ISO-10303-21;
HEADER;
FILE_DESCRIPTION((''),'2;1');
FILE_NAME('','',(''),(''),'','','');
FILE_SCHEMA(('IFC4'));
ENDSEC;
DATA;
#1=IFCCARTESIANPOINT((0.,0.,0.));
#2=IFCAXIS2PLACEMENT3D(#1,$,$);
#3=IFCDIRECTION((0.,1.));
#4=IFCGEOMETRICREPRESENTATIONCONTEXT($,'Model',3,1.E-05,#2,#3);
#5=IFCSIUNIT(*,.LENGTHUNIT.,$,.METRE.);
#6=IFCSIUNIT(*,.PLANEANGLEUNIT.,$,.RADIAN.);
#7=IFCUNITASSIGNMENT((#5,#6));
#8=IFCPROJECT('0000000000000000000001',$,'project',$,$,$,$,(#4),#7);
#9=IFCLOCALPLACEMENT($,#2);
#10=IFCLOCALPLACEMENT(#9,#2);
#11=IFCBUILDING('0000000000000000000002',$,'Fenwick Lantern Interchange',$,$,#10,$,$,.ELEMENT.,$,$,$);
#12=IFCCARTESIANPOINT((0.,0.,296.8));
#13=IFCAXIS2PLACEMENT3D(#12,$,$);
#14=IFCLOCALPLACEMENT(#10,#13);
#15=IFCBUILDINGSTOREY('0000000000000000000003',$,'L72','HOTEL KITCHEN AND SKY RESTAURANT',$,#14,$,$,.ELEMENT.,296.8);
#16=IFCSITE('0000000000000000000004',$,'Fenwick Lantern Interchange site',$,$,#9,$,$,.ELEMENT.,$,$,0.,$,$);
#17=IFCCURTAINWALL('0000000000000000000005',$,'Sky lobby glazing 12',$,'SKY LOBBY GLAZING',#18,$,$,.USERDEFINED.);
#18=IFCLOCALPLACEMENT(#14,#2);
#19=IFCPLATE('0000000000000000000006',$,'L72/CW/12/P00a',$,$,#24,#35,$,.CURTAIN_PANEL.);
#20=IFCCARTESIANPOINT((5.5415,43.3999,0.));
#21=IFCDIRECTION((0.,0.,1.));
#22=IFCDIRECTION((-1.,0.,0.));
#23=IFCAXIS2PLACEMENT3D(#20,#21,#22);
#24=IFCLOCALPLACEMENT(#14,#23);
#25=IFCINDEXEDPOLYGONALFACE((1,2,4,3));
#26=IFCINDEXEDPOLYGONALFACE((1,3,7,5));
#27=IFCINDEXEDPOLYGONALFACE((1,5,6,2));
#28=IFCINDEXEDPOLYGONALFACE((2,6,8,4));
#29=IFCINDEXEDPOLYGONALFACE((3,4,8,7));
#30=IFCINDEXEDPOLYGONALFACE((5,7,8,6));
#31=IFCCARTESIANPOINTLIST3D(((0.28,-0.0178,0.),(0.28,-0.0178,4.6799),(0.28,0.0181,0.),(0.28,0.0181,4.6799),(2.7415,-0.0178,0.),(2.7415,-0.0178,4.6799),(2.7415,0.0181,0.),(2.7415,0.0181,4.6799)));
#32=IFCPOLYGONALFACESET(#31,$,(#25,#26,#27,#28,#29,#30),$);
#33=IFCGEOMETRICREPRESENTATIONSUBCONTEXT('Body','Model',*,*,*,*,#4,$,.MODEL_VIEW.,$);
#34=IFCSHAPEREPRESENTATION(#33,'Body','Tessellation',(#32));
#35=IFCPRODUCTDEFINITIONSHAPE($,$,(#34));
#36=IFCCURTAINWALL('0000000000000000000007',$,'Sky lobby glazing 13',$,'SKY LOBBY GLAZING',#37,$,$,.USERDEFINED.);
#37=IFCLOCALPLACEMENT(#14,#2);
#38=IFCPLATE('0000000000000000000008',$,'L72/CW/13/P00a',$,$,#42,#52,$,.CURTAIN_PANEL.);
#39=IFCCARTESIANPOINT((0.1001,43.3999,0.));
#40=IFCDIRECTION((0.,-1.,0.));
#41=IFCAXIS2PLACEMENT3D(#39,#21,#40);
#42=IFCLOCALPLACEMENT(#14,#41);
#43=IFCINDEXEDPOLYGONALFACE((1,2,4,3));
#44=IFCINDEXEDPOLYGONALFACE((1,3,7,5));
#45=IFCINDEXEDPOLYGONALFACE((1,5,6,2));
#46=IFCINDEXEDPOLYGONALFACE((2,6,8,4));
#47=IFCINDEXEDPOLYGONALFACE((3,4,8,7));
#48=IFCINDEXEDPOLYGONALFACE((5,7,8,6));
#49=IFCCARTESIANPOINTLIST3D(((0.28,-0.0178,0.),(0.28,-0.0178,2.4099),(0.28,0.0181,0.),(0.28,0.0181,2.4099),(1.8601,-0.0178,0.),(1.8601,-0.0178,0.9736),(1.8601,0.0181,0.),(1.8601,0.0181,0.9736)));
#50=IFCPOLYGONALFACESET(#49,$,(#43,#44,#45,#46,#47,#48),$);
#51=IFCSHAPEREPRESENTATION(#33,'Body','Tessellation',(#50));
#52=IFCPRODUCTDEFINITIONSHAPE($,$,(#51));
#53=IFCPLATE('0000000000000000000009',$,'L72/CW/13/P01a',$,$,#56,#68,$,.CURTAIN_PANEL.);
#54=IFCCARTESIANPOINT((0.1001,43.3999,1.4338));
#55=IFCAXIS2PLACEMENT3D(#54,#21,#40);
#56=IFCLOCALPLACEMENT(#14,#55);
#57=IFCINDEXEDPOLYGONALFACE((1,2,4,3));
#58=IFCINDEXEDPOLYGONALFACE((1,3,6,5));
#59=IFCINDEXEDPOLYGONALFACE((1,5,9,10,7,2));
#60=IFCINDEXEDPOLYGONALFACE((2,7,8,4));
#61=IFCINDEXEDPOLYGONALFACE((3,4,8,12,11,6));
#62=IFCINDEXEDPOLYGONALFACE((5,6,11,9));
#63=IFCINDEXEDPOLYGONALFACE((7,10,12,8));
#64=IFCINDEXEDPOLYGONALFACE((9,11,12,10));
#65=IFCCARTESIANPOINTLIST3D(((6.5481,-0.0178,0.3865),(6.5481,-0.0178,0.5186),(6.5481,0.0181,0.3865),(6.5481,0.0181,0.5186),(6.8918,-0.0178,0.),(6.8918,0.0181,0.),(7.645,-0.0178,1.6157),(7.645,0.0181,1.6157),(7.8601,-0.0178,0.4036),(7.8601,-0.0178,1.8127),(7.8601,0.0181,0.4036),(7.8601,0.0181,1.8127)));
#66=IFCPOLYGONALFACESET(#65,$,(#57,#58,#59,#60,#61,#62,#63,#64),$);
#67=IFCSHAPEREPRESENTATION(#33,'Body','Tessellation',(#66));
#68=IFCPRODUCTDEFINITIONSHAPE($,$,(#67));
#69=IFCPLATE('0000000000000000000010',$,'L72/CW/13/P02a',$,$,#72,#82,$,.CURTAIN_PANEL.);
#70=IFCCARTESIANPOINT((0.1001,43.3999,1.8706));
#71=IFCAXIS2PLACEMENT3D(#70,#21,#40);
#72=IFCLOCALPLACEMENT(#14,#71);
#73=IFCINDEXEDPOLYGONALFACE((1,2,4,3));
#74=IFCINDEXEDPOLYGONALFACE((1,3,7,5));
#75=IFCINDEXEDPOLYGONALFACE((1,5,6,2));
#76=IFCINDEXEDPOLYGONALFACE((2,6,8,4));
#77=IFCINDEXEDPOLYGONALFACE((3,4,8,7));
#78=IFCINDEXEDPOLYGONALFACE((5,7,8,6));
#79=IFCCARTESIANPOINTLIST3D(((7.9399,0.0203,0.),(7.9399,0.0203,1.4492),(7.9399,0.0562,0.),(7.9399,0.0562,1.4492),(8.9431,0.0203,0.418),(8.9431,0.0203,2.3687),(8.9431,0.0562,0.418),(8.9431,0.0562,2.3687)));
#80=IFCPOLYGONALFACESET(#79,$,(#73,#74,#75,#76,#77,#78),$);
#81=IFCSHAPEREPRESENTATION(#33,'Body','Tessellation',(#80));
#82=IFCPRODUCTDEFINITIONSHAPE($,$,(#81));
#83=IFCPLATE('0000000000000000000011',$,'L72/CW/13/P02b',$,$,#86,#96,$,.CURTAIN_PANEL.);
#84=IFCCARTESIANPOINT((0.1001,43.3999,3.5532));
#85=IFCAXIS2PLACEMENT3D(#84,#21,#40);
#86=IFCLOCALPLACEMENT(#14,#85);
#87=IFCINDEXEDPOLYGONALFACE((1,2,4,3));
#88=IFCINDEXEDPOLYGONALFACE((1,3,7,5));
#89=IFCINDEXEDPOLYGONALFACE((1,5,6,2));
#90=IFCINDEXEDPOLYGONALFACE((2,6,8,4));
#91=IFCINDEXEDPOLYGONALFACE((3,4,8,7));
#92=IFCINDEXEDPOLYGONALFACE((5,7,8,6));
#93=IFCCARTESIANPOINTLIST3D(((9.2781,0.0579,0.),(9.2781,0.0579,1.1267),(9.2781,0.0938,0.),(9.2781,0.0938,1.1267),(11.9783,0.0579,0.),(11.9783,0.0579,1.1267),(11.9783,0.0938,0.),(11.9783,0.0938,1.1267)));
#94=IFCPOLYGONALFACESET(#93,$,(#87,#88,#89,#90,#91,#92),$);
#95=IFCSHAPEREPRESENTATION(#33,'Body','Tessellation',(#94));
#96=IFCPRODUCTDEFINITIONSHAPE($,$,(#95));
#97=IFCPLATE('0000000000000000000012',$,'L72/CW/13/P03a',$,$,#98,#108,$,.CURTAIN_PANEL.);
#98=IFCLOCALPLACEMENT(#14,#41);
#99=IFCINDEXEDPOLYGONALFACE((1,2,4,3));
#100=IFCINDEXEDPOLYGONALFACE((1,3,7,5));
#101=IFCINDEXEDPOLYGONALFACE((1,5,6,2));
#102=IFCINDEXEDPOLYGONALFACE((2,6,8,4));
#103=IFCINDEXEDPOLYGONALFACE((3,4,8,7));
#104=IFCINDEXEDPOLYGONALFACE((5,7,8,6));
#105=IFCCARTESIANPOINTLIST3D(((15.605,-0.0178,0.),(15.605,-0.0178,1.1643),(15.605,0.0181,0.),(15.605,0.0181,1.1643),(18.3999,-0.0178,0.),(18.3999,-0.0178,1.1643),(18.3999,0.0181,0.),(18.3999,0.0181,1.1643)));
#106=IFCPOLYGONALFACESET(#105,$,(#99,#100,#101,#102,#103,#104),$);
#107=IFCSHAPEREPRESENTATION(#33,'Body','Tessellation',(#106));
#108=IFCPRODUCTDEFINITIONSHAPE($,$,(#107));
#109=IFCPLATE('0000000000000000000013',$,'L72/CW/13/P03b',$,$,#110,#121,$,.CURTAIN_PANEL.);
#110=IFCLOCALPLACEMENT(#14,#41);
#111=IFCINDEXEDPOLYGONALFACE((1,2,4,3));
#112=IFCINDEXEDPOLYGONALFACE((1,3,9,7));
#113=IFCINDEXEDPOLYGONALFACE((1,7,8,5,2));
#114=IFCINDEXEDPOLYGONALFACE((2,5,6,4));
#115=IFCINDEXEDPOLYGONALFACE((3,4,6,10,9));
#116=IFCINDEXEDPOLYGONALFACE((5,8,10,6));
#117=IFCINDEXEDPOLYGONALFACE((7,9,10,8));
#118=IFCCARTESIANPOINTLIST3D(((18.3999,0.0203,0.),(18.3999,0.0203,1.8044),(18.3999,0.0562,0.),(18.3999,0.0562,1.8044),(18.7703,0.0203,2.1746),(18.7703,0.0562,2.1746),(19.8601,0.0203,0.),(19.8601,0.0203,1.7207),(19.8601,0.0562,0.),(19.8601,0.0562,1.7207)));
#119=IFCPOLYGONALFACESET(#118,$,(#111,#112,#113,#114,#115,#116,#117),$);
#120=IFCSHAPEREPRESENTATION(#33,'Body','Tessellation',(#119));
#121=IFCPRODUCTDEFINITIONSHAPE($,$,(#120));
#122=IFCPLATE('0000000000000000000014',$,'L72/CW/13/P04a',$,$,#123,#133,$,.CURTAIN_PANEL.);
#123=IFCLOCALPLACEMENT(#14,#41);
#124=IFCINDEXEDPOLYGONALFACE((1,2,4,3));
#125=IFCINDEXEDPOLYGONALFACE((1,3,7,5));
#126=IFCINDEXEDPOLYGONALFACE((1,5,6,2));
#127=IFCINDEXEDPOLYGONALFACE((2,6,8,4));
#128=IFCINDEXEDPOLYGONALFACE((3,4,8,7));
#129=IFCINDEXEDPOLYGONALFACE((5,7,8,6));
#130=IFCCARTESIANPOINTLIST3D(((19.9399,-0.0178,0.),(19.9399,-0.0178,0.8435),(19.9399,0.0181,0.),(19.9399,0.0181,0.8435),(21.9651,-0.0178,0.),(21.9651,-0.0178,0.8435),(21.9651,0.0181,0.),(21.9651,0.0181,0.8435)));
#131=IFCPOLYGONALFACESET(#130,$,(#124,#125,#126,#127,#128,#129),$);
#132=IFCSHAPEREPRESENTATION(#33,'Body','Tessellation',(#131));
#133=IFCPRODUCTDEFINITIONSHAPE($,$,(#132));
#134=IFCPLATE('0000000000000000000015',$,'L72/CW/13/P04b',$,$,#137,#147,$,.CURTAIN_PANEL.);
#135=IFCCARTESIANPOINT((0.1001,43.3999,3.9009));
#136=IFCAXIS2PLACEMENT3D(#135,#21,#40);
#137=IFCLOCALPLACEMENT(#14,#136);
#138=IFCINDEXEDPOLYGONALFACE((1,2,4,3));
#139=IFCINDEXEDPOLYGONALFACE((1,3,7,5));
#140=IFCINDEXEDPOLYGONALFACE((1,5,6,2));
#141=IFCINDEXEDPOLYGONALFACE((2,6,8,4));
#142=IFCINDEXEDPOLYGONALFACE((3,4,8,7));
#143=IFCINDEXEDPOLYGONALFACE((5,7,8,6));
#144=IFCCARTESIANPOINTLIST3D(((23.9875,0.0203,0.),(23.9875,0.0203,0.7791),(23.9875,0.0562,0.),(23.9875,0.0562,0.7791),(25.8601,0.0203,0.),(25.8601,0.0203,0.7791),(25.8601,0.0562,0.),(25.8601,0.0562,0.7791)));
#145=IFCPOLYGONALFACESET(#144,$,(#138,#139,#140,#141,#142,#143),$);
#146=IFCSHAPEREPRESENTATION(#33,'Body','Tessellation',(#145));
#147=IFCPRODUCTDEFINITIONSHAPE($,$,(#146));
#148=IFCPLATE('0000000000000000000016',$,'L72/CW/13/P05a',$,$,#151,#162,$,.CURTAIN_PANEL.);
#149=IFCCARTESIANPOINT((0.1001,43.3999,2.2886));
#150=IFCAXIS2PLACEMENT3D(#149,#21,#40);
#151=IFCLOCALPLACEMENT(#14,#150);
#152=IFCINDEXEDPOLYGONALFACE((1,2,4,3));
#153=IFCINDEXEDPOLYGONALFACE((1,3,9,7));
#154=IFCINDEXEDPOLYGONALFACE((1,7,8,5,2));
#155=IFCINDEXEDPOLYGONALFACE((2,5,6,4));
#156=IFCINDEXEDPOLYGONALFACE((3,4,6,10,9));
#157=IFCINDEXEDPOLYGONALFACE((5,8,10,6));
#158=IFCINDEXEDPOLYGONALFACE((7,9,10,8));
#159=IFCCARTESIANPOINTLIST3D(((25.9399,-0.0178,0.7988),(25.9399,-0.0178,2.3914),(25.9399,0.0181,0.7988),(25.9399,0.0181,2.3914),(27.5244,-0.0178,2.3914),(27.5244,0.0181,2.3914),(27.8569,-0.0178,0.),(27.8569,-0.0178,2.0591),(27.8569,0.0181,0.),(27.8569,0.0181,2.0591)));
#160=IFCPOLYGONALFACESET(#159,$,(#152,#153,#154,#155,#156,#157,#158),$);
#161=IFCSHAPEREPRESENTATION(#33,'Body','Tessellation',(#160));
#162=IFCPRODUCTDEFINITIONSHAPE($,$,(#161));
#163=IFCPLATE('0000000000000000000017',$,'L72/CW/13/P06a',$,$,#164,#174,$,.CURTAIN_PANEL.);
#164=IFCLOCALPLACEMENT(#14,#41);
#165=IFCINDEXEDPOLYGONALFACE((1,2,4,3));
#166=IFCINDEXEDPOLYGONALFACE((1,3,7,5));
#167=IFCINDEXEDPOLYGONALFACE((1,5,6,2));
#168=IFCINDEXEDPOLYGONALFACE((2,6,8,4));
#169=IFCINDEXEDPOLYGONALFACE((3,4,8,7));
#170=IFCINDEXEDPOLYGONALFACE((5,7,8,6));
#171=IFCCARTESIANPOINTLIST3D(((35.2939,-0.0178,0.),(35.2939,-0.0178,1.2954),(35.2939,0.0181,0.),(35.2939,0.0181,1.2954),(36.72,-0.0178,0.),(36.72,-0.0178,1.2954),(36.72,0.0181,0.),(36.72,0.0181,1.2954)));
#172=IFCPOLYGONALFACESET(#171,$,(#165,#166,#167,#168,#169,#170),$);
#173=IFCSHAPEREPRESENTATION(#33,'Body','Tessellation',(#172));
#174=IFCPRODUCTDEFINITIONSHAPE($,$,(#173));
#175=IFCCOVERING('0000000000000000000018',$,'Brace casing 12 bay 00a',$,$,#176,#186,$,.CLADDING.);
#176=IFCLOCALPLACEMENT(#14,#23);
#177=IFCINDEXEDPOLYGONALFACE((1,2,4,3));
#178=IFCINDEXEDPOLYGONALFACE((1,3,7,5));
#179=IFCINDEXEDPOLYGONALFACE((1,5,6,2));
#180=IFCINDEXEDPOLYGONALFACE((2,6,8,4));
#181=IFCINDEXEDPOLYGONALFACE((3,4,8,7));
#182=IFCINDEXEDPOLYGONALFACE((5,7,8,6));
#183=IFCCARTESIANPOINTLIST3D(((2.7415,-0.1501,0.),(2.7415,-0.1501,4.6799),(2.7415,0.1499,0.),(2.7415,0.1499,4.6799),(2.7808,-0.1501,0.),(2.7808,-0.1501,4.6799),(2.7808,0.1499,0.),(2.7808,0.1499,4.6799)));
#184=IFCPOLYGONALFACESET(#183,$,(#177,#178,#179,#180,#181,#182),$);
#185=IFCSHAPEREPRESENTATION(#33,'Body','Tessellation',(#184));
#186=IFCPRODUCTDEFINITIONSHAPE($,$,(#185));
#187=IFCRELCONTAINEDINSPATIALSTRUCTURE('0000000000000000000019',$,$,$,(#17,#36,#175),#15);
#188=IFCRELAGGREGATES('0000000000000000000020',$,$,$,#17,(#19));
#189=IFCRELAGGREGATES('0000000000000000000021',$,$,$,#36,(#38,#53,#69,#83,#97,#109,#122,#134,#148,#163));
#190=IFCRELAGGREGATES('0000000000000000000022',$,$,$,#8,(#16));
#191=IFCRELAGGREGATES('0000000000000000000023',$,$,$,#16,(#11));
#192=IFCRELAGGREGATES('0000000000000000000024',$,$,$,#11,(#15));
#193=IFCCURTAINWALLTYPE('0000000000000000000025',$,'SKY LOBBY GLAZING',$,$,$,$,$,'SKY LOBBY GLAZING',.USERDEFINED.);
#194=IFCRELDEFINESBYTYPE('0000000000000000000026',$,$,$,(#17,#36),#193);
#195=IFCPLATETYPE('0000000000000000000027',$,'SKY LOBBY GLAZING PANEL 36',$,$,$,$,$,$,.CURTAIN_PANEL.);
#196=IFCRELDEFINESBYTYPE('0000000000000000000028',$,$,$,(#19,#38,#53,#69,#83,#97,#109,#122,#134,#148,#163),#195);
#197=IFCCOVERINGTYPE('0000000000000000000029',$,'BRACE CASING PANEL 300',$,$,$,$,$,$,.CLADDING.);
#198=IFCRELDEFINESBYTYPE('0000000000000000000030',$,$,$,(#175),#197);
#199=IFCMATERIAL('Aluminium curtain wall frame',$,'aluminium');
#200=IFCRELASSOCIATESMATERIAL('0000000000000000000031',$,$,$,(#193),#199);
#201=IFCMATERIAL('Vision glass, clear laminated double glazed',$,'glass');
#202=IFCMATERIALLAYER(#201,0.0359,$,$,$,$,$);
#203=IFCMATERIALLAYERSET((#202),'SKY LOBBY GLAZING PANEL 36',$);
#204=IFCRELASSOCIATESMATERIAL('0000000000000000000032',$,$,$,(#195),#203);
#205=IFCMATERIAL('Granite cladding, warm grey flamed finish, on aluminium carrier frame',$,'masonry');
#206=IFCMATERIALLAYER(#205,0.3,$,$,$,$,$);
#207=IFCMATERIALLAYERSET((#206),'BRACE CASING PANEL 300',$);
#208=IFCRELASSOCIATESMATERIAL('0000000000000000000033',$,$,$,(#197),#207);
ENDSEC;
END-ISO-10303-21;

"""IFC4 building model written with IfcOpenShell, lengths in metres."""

from ifc_helpers import new_model, si_unit, direction, frame, origin, place, context, subcontext, project, spatial, polyline, outline, extrude, material, layer, layer_set, type_object, element, aggregate, save


model = new_model("IFC4")

# Units and contexts
model_context = context("Model", 3, precision=1e-05, world=origin(), true_north=direction((0.0, 1.0)))
body_context = subcontext(model_context, "Body", "Model", "MODEL_VIEW")
ifc_project = project(units=[si_unit("LENGTHUNIT", "METRE"), si_unit("PLANEANGLEUNIT", "RADIAN")], contexts=[model_context])

# Site, building, storey
site_placement = place(None, origin())
site = spatial("IfcSite", under=ifc_project, at=site_placement, Name="Fenwick Lantern Interchange site", CompositionType="ELEMENT", RefElevation=0.0)
building_placement = place(site_placement, origin())
building = spatial("IfcBuilding", under=site, at=building_placement, Name="Fenwick Lantern Interchange", CompositionType="ELEMENT")
storey_placement = place(building_placement, frame((0.0, 0.0, 296.8)))
storey = spatial("IfcBuildingStorey", under=building, at=storey_placement, Name="L72", Description="HOTEL KITCHEN AND SKY RESTAURANT", CompositionType="ELEMENT", Elevation=296.8)

# Shared definitions
ifc_material_1 = material(Name="Aluminium curtain wall frame", Category="aluminium")
curtain_wall_type = type_object("IfcCurtainWallType", Name="SKY LOBBY GLAZING", ElementType="SKY LOBBY GLAZING", PredefinedType="USERDEFINED", material=ifc_material_1)

# Curtain wall
curtain_wall_1_placement = place(storey_placement, origin())
curtain_wall_1 = element("IfcCurtainWall", 1, at=curtain_wall_1_placement, inside=storey, type_object=curtain_wall_type, Name="Sky lobby glazing 12", ObjectType="SKY LOBBY GLAZING", PredefinedType="USERDEFINED")

# Plate
ifc_material_2 = material(Name="Vision glass, clear laminated double glazed", Category="glass")
ifc_layer_1 = layer(ifc_material_2, 0.0359)
ifc_layer_set_1 = layer_set([ifc_layer_1], Name="SKY LOBBY GLAZING PANEL 36")
plate_type = type_object("IfcPlateType", Name="SKY LOBBY GLAZING PANEL 36", PredefinedType="CURTAIN_PANEL", material=ifc_layer_set_1)
plate_1_placement = place(storey_placement, frame((5.5415, 43.3999, 0.0), z_axis=(0.0, 0.0, 1.0), x_axis=(-1.0, 0.0, 0.0)))
plate_1 = element("IfcPlate", 2, at=plate_1_placement, type_object=plate_type, Name="L72/CW/12/P00a", PredefinedType="CURTAIN_PANEL", context=body_context, shape_type="SweptSolid", body=[
    extrude(outline(polyline([(0.28, 0.0), (2.7415, 0.0), (2.7415, 4.6799), (0.28, 4.6799), (0.28, 0.0)])), frame((0.0, 0.0181, 0.0), z_axis=(0.0, -1.0, 0.0), x_axis=(1.0, 0.0, 0.0)), (0.0, 0.0, 1.0), 0.0359),
])
aggregate(curtain_wall_1, [plate_1])

# Curtain wall, plates
curtain_wall_2_placement = place(storey_placement, origin())
curtain_wall_2 = element("IfcCurtainWall", 3, at=curtain_wall_2_placement, inside=storey, type_object=curtain_wall_type, Name="Sky lobby glazing 13", ObjectType="SKY LOBBY GLAZING", PredefinedType="USERDEFINED")
plate_2_placement = place(storey_placement, frame((0.1001, 43.3999, 0.0), z_axis=(0.0, 0.0, 1.0), x_axis=(0.0, -1.0, 0.0)))
plate_2 = element("IfcPlate", 4, at=plate_2_placement, type_object=plate_type, Name="L72/CW/13/P00a", PredefinedType="CURTAIN_PANEL", context=body_context, shape_type="SweptSolid", body=[
    extrude(outline(polyline([(0.28, 0.0), (1.8601, 0.0), (1.8601, 0.9736), (0.28, 2.4099), (0.28, 0.0)])), frame((0.0, 0.0181, 0.0), z_axis=(0.0, -1.0, 0.0), x_axis=(1.0, 0.0, 0.0)), (0.0, 0.0, 1.0), 0.0359),
])
plate_3_placement = place(storey_placement, frame((0.1001, 43.3999, 1.4338), z_axis=(0.0, 0.0, 1.0), x_axis=(0.0, -1.0, 0.0)))
plate_3 = element("IfcPlate", 5, at=plate_3_placement, type_object=plate_type, Name="L72/CW/13/P01a", PredefinedType="CURTAIN_PANEL", context=body_context, shape_type="SweptSolid", body=[
    extrude(outline(polyline([(6.8918, 0.0), (7.8601, 0.4036), (7.8601, 1.8127), (7.645, 1.6157), (6.5481, 0.5186), (6.5481, 0.3865), (6.8918, 0.0)])), frame((0.0, 0.0181, 0.0), z_axis=(0.0, -1.0, 0.0), x_axis=(1.0, 0.0, 0.0)), (0.0, 0.0, 1.0), 0.0359),
])
plate_4_placement = place(storey_placement, frame((0.1001, 43.3999, 1.8706), z_axis=(0.0, 0.0, 1.0), x_axis=(0.0, -1.0, 0.0)))
plate_4 = element("IfcPlate", 6, at=plate_4_placement, type_object=plate_type, Name="L72/CW/13/P02a", PredefinedType="CURTAIN_PANEL", context=body_context, shape_type="SweptSolid", body=[
    extrude(outline(polyline([(7.9399, 0.0), (8.9431, 0.418), (8.9431, 2.3687), (7.9399, 1.4492), (7.9399, 0.0)])), frame((0.0, 0.0562, 0.0), z_axis=(0.0, -1.0, 0.0), x_axis=(1.0, 0.0, 0.0)), (0.0, 0.0, 1.0), 0.0359),
])
plate_5_placement = place(storey_placement, frame((0.1001, 43.3999, 3.5532), z_axis=(0.0, 0.0, 1.0), x_axis=(0.0, -1.0, 0.0)))
plate_5 = element("IfcPlate", 7, at=plate_5_placement, type_object=plate_type, Name="L72/CW/13/P02b", PredefinedType="CURTAIN_PANEL", context=body_context, shape_type="SweptSolid", body=[
    extrude(outline(polyline([(9.2781, 0.0), (11.9783, 0.0), (11.9783, 1.1267), (9.2781, 1.1267), (9.2781, 0.0)])), frame((0.0, 0.0938, 0.0), z_axis=(0.0, -1.0, 0.0), x_axis=(1.0, 0.0, 0.0)), (0.0, 0.0, 1.0), 0.0359),
])
plate_6_placement = place(storey_placement, frame((0.1001, 43.3999, 0.0), z_axis=(0.0, 0.0, 1.0), x_axis=(0.0, -1.0, 0.0)))
plate_6 = element("IfcPlate", 8, at=plate_6_placement, type_object=plate_type, Name="L72/CW/13/P03a", PredefinedType="CURTAIN_PANEL", context=body_context, shape_type="SweptSolid", body=[
    extrude(outline(polyline([(15.605, 0.0), (18.3999, 0.0), (18.3999, 1.1643), (15.605, 1.1643), (15.605, 0.0)])), frame((0.0, 0.0181, 0.0), z_axis=(0.0, -1.0, 0.0), x_axis=(1.0, 0.0, 0.0)), (0.0, 0.0, 1.0), 0.0359),
])
plate_7_placement = place(storey_placement, frame((0.1001, 43.3999, 0.0), z_axis=(0.0, 0.0, 1.0), x_axis=(0.0, -1.0, 0.0)))
plate_7 = element("IfcPlate", 9, at=plate_7_placement, type_object=plate_type, Name="L72/CW/13/P03b", PredefinedType="CURTAIN_PANEL", context=body_context, shape_type="SweptSolid", body=[
    extrude(outline(polyline([(18.3999, 0.0), (19.8601, 0.0), (19.8601, 1.7207), (18.7703, 2.1746), (18.3999, 1.8044), (18.3999, 0.0)])), frame((0.0, 0.0562, 0.0), z_axis=(0.0, -1.0, 0.0), x_axis=(1.0, 0.0, 0.0)), (0.0, 0.0, 1.0), 0.0359),
])
plate_8_placement = place(storey_placement, frame((0.1001, 43.3999, 0.0), z_axis=(0.0, 0.0, 1.0), x_axis=(0.0, -1.0, 0.0)))
plate_8 = element("IfcPlate", 10, at=plate_8_placement, type_object=plate_type, Name="L72/CW/13/P04a", PredefinedType="CURTAIN_PANEL", context=body_context, shape_type="SweptSolid", body=[
    extrude(outline(polyline([(19.9399, 0.0), (21.9651, 0.0), (21.9651, 0.8435), (19.9399, 0.8435), (19.9399, 0.0)])), frame((0.0, 0.0181, 0.0), z_axis=(0.0, -1.0, 0.0), x_axis=(1.0, 0.0, 0.0)), (0.0, 0.0, 1.0), 0.0359),
])
plate_9_placement = place(storey_placement, frame((0.1001, 43.3999, 3.9009), z_axis=(0.0, 0.0, 1.0), x_axis=(0.0, -1.0, 0.0)))
plate_9 = element("IfcPlate", 11, at=plate_9_placement, type_object=plate_type, Name="L72/CW/13/P04b", PredefinedType="CURTAIN_PANEL", context=body_context, shape_type="SweptSolid", body=[
    extrude(outline(polyline([(23.9875, 0.0), (25.8601, 0.0), (25.8601, 0.7791), (23.9875, 0.7791), (23.9875, 0.0)])), frame((0.0, 0.0562, 0.0), z_axis=(0.0, -1.0, 0.0), x_axis=(1.0, 0.0, 0.0)), (0.0, 0.0, 1.0), 0.0359),
])
plate_10_placement = place(storey_placement, frame((0.1001, 43.3999, 2.2886), z_axis=(0.0, 0.0, 1.0), x_axis=(0.0, -1.0, 0.0)))
plate_10 = element("IfcPlate", 12, at=plate_10_placement, type_object=plate_type, Name="L72/CW/13/P05a", PredefinedType="CURTAIN_PANEL", context=body_context, shape_type="SweptSolid", body=[
    extrude(outline(polyline([(27.8569, 0.0), (27.8569, 2.0591), (27.5244, 2.3914), (25.9399, 2.3914), (25.9399, 0.7988), (27.8569, 0.0)])), frame((0.0, 0.0181, 0.0), z_axis=(0.0, -1.0, 0.0), x_axis=(1.0, 0.0, 0.0)), (0.0, 0.0, 1.0), 0.0359),
])
plate_11_placement = place(storey_placement, frame((0.1001, 43.3999, 0.0), z_axis=(0.0, 0.0, 1.0), x_axis=(0.0, -1.0, 0.0)))
plate_11 = element("IfcPlate", 13, at=plate_11_placement, type_object=plate_type, Name="L72/CW/13/P06a", PredefinedType="CURTAIN_PANEL", context=body_context, shape_type="SweptSolid", body=[
    extrude(outline(polyline([(35.2939, 0.0), (36.72, 0.0), (36.72, 1.2954), (35.2939, 1.2954), (35.2939, 0.0)])), frame((0.0, 0.0181, 0.0), z_axis=(0.0, -1.0, 0.0), x_axis=(1.0, 0.0, 0.0)), (0.0, 0.0, 1.0), 0.0359),
])
aggregate(curtain_wall_2, [plate_2, plate_3, plate_4, plate_5, plate_6, plate_7, plate_8, plate_9, plate_10, plate_11])

# Covering
ifc_material_3 = material(Name="Granite cladding, warm grey flamed finish, on aluminium carrier frame", Category="masonry")
ifc_layer_2 = layer(ifc_material_3, 0.3)
ifc_layer_set_2 = layer_set([ifc_layer_2], Name="BRACE CASING PANEL 300")
covering_type = type_object("IfcCoveringType", Name="BRACE CASING PANEL 300", PredefinedType="CLADDING", material=ifc_layer_set_2)
covering_1_placement = place(storey_placement, frame((5.5415, 43.3999, 0.0), z_axis=(0.0, 0.0, 1.0), x_axis=(-1.0, 0.0, 0.0)))
element("IfcCovering", 14, at=covering_1_placement, inside=storey, type_object=covering_type, Name="Brace casing 12 bay 00a", PredefinedType="CLADDING", context=body_context, shape_type="SweptSolid", body=[
    extrude(outline(polyline([(2.7415, 0.0), (2.7808, 0.0), (2.7808, 4.6799), (2.7415, 4.6799), (2.7415, 0.0)])), frame((0.0, 0.1499, 0.0), z_axis=(0.0, -1.0, 0.0), x_axis=(1.0, 0.0, 0.0)), (0.0, 0.0, 1.0), 0.3),
])

save(model, "model.ifc")
